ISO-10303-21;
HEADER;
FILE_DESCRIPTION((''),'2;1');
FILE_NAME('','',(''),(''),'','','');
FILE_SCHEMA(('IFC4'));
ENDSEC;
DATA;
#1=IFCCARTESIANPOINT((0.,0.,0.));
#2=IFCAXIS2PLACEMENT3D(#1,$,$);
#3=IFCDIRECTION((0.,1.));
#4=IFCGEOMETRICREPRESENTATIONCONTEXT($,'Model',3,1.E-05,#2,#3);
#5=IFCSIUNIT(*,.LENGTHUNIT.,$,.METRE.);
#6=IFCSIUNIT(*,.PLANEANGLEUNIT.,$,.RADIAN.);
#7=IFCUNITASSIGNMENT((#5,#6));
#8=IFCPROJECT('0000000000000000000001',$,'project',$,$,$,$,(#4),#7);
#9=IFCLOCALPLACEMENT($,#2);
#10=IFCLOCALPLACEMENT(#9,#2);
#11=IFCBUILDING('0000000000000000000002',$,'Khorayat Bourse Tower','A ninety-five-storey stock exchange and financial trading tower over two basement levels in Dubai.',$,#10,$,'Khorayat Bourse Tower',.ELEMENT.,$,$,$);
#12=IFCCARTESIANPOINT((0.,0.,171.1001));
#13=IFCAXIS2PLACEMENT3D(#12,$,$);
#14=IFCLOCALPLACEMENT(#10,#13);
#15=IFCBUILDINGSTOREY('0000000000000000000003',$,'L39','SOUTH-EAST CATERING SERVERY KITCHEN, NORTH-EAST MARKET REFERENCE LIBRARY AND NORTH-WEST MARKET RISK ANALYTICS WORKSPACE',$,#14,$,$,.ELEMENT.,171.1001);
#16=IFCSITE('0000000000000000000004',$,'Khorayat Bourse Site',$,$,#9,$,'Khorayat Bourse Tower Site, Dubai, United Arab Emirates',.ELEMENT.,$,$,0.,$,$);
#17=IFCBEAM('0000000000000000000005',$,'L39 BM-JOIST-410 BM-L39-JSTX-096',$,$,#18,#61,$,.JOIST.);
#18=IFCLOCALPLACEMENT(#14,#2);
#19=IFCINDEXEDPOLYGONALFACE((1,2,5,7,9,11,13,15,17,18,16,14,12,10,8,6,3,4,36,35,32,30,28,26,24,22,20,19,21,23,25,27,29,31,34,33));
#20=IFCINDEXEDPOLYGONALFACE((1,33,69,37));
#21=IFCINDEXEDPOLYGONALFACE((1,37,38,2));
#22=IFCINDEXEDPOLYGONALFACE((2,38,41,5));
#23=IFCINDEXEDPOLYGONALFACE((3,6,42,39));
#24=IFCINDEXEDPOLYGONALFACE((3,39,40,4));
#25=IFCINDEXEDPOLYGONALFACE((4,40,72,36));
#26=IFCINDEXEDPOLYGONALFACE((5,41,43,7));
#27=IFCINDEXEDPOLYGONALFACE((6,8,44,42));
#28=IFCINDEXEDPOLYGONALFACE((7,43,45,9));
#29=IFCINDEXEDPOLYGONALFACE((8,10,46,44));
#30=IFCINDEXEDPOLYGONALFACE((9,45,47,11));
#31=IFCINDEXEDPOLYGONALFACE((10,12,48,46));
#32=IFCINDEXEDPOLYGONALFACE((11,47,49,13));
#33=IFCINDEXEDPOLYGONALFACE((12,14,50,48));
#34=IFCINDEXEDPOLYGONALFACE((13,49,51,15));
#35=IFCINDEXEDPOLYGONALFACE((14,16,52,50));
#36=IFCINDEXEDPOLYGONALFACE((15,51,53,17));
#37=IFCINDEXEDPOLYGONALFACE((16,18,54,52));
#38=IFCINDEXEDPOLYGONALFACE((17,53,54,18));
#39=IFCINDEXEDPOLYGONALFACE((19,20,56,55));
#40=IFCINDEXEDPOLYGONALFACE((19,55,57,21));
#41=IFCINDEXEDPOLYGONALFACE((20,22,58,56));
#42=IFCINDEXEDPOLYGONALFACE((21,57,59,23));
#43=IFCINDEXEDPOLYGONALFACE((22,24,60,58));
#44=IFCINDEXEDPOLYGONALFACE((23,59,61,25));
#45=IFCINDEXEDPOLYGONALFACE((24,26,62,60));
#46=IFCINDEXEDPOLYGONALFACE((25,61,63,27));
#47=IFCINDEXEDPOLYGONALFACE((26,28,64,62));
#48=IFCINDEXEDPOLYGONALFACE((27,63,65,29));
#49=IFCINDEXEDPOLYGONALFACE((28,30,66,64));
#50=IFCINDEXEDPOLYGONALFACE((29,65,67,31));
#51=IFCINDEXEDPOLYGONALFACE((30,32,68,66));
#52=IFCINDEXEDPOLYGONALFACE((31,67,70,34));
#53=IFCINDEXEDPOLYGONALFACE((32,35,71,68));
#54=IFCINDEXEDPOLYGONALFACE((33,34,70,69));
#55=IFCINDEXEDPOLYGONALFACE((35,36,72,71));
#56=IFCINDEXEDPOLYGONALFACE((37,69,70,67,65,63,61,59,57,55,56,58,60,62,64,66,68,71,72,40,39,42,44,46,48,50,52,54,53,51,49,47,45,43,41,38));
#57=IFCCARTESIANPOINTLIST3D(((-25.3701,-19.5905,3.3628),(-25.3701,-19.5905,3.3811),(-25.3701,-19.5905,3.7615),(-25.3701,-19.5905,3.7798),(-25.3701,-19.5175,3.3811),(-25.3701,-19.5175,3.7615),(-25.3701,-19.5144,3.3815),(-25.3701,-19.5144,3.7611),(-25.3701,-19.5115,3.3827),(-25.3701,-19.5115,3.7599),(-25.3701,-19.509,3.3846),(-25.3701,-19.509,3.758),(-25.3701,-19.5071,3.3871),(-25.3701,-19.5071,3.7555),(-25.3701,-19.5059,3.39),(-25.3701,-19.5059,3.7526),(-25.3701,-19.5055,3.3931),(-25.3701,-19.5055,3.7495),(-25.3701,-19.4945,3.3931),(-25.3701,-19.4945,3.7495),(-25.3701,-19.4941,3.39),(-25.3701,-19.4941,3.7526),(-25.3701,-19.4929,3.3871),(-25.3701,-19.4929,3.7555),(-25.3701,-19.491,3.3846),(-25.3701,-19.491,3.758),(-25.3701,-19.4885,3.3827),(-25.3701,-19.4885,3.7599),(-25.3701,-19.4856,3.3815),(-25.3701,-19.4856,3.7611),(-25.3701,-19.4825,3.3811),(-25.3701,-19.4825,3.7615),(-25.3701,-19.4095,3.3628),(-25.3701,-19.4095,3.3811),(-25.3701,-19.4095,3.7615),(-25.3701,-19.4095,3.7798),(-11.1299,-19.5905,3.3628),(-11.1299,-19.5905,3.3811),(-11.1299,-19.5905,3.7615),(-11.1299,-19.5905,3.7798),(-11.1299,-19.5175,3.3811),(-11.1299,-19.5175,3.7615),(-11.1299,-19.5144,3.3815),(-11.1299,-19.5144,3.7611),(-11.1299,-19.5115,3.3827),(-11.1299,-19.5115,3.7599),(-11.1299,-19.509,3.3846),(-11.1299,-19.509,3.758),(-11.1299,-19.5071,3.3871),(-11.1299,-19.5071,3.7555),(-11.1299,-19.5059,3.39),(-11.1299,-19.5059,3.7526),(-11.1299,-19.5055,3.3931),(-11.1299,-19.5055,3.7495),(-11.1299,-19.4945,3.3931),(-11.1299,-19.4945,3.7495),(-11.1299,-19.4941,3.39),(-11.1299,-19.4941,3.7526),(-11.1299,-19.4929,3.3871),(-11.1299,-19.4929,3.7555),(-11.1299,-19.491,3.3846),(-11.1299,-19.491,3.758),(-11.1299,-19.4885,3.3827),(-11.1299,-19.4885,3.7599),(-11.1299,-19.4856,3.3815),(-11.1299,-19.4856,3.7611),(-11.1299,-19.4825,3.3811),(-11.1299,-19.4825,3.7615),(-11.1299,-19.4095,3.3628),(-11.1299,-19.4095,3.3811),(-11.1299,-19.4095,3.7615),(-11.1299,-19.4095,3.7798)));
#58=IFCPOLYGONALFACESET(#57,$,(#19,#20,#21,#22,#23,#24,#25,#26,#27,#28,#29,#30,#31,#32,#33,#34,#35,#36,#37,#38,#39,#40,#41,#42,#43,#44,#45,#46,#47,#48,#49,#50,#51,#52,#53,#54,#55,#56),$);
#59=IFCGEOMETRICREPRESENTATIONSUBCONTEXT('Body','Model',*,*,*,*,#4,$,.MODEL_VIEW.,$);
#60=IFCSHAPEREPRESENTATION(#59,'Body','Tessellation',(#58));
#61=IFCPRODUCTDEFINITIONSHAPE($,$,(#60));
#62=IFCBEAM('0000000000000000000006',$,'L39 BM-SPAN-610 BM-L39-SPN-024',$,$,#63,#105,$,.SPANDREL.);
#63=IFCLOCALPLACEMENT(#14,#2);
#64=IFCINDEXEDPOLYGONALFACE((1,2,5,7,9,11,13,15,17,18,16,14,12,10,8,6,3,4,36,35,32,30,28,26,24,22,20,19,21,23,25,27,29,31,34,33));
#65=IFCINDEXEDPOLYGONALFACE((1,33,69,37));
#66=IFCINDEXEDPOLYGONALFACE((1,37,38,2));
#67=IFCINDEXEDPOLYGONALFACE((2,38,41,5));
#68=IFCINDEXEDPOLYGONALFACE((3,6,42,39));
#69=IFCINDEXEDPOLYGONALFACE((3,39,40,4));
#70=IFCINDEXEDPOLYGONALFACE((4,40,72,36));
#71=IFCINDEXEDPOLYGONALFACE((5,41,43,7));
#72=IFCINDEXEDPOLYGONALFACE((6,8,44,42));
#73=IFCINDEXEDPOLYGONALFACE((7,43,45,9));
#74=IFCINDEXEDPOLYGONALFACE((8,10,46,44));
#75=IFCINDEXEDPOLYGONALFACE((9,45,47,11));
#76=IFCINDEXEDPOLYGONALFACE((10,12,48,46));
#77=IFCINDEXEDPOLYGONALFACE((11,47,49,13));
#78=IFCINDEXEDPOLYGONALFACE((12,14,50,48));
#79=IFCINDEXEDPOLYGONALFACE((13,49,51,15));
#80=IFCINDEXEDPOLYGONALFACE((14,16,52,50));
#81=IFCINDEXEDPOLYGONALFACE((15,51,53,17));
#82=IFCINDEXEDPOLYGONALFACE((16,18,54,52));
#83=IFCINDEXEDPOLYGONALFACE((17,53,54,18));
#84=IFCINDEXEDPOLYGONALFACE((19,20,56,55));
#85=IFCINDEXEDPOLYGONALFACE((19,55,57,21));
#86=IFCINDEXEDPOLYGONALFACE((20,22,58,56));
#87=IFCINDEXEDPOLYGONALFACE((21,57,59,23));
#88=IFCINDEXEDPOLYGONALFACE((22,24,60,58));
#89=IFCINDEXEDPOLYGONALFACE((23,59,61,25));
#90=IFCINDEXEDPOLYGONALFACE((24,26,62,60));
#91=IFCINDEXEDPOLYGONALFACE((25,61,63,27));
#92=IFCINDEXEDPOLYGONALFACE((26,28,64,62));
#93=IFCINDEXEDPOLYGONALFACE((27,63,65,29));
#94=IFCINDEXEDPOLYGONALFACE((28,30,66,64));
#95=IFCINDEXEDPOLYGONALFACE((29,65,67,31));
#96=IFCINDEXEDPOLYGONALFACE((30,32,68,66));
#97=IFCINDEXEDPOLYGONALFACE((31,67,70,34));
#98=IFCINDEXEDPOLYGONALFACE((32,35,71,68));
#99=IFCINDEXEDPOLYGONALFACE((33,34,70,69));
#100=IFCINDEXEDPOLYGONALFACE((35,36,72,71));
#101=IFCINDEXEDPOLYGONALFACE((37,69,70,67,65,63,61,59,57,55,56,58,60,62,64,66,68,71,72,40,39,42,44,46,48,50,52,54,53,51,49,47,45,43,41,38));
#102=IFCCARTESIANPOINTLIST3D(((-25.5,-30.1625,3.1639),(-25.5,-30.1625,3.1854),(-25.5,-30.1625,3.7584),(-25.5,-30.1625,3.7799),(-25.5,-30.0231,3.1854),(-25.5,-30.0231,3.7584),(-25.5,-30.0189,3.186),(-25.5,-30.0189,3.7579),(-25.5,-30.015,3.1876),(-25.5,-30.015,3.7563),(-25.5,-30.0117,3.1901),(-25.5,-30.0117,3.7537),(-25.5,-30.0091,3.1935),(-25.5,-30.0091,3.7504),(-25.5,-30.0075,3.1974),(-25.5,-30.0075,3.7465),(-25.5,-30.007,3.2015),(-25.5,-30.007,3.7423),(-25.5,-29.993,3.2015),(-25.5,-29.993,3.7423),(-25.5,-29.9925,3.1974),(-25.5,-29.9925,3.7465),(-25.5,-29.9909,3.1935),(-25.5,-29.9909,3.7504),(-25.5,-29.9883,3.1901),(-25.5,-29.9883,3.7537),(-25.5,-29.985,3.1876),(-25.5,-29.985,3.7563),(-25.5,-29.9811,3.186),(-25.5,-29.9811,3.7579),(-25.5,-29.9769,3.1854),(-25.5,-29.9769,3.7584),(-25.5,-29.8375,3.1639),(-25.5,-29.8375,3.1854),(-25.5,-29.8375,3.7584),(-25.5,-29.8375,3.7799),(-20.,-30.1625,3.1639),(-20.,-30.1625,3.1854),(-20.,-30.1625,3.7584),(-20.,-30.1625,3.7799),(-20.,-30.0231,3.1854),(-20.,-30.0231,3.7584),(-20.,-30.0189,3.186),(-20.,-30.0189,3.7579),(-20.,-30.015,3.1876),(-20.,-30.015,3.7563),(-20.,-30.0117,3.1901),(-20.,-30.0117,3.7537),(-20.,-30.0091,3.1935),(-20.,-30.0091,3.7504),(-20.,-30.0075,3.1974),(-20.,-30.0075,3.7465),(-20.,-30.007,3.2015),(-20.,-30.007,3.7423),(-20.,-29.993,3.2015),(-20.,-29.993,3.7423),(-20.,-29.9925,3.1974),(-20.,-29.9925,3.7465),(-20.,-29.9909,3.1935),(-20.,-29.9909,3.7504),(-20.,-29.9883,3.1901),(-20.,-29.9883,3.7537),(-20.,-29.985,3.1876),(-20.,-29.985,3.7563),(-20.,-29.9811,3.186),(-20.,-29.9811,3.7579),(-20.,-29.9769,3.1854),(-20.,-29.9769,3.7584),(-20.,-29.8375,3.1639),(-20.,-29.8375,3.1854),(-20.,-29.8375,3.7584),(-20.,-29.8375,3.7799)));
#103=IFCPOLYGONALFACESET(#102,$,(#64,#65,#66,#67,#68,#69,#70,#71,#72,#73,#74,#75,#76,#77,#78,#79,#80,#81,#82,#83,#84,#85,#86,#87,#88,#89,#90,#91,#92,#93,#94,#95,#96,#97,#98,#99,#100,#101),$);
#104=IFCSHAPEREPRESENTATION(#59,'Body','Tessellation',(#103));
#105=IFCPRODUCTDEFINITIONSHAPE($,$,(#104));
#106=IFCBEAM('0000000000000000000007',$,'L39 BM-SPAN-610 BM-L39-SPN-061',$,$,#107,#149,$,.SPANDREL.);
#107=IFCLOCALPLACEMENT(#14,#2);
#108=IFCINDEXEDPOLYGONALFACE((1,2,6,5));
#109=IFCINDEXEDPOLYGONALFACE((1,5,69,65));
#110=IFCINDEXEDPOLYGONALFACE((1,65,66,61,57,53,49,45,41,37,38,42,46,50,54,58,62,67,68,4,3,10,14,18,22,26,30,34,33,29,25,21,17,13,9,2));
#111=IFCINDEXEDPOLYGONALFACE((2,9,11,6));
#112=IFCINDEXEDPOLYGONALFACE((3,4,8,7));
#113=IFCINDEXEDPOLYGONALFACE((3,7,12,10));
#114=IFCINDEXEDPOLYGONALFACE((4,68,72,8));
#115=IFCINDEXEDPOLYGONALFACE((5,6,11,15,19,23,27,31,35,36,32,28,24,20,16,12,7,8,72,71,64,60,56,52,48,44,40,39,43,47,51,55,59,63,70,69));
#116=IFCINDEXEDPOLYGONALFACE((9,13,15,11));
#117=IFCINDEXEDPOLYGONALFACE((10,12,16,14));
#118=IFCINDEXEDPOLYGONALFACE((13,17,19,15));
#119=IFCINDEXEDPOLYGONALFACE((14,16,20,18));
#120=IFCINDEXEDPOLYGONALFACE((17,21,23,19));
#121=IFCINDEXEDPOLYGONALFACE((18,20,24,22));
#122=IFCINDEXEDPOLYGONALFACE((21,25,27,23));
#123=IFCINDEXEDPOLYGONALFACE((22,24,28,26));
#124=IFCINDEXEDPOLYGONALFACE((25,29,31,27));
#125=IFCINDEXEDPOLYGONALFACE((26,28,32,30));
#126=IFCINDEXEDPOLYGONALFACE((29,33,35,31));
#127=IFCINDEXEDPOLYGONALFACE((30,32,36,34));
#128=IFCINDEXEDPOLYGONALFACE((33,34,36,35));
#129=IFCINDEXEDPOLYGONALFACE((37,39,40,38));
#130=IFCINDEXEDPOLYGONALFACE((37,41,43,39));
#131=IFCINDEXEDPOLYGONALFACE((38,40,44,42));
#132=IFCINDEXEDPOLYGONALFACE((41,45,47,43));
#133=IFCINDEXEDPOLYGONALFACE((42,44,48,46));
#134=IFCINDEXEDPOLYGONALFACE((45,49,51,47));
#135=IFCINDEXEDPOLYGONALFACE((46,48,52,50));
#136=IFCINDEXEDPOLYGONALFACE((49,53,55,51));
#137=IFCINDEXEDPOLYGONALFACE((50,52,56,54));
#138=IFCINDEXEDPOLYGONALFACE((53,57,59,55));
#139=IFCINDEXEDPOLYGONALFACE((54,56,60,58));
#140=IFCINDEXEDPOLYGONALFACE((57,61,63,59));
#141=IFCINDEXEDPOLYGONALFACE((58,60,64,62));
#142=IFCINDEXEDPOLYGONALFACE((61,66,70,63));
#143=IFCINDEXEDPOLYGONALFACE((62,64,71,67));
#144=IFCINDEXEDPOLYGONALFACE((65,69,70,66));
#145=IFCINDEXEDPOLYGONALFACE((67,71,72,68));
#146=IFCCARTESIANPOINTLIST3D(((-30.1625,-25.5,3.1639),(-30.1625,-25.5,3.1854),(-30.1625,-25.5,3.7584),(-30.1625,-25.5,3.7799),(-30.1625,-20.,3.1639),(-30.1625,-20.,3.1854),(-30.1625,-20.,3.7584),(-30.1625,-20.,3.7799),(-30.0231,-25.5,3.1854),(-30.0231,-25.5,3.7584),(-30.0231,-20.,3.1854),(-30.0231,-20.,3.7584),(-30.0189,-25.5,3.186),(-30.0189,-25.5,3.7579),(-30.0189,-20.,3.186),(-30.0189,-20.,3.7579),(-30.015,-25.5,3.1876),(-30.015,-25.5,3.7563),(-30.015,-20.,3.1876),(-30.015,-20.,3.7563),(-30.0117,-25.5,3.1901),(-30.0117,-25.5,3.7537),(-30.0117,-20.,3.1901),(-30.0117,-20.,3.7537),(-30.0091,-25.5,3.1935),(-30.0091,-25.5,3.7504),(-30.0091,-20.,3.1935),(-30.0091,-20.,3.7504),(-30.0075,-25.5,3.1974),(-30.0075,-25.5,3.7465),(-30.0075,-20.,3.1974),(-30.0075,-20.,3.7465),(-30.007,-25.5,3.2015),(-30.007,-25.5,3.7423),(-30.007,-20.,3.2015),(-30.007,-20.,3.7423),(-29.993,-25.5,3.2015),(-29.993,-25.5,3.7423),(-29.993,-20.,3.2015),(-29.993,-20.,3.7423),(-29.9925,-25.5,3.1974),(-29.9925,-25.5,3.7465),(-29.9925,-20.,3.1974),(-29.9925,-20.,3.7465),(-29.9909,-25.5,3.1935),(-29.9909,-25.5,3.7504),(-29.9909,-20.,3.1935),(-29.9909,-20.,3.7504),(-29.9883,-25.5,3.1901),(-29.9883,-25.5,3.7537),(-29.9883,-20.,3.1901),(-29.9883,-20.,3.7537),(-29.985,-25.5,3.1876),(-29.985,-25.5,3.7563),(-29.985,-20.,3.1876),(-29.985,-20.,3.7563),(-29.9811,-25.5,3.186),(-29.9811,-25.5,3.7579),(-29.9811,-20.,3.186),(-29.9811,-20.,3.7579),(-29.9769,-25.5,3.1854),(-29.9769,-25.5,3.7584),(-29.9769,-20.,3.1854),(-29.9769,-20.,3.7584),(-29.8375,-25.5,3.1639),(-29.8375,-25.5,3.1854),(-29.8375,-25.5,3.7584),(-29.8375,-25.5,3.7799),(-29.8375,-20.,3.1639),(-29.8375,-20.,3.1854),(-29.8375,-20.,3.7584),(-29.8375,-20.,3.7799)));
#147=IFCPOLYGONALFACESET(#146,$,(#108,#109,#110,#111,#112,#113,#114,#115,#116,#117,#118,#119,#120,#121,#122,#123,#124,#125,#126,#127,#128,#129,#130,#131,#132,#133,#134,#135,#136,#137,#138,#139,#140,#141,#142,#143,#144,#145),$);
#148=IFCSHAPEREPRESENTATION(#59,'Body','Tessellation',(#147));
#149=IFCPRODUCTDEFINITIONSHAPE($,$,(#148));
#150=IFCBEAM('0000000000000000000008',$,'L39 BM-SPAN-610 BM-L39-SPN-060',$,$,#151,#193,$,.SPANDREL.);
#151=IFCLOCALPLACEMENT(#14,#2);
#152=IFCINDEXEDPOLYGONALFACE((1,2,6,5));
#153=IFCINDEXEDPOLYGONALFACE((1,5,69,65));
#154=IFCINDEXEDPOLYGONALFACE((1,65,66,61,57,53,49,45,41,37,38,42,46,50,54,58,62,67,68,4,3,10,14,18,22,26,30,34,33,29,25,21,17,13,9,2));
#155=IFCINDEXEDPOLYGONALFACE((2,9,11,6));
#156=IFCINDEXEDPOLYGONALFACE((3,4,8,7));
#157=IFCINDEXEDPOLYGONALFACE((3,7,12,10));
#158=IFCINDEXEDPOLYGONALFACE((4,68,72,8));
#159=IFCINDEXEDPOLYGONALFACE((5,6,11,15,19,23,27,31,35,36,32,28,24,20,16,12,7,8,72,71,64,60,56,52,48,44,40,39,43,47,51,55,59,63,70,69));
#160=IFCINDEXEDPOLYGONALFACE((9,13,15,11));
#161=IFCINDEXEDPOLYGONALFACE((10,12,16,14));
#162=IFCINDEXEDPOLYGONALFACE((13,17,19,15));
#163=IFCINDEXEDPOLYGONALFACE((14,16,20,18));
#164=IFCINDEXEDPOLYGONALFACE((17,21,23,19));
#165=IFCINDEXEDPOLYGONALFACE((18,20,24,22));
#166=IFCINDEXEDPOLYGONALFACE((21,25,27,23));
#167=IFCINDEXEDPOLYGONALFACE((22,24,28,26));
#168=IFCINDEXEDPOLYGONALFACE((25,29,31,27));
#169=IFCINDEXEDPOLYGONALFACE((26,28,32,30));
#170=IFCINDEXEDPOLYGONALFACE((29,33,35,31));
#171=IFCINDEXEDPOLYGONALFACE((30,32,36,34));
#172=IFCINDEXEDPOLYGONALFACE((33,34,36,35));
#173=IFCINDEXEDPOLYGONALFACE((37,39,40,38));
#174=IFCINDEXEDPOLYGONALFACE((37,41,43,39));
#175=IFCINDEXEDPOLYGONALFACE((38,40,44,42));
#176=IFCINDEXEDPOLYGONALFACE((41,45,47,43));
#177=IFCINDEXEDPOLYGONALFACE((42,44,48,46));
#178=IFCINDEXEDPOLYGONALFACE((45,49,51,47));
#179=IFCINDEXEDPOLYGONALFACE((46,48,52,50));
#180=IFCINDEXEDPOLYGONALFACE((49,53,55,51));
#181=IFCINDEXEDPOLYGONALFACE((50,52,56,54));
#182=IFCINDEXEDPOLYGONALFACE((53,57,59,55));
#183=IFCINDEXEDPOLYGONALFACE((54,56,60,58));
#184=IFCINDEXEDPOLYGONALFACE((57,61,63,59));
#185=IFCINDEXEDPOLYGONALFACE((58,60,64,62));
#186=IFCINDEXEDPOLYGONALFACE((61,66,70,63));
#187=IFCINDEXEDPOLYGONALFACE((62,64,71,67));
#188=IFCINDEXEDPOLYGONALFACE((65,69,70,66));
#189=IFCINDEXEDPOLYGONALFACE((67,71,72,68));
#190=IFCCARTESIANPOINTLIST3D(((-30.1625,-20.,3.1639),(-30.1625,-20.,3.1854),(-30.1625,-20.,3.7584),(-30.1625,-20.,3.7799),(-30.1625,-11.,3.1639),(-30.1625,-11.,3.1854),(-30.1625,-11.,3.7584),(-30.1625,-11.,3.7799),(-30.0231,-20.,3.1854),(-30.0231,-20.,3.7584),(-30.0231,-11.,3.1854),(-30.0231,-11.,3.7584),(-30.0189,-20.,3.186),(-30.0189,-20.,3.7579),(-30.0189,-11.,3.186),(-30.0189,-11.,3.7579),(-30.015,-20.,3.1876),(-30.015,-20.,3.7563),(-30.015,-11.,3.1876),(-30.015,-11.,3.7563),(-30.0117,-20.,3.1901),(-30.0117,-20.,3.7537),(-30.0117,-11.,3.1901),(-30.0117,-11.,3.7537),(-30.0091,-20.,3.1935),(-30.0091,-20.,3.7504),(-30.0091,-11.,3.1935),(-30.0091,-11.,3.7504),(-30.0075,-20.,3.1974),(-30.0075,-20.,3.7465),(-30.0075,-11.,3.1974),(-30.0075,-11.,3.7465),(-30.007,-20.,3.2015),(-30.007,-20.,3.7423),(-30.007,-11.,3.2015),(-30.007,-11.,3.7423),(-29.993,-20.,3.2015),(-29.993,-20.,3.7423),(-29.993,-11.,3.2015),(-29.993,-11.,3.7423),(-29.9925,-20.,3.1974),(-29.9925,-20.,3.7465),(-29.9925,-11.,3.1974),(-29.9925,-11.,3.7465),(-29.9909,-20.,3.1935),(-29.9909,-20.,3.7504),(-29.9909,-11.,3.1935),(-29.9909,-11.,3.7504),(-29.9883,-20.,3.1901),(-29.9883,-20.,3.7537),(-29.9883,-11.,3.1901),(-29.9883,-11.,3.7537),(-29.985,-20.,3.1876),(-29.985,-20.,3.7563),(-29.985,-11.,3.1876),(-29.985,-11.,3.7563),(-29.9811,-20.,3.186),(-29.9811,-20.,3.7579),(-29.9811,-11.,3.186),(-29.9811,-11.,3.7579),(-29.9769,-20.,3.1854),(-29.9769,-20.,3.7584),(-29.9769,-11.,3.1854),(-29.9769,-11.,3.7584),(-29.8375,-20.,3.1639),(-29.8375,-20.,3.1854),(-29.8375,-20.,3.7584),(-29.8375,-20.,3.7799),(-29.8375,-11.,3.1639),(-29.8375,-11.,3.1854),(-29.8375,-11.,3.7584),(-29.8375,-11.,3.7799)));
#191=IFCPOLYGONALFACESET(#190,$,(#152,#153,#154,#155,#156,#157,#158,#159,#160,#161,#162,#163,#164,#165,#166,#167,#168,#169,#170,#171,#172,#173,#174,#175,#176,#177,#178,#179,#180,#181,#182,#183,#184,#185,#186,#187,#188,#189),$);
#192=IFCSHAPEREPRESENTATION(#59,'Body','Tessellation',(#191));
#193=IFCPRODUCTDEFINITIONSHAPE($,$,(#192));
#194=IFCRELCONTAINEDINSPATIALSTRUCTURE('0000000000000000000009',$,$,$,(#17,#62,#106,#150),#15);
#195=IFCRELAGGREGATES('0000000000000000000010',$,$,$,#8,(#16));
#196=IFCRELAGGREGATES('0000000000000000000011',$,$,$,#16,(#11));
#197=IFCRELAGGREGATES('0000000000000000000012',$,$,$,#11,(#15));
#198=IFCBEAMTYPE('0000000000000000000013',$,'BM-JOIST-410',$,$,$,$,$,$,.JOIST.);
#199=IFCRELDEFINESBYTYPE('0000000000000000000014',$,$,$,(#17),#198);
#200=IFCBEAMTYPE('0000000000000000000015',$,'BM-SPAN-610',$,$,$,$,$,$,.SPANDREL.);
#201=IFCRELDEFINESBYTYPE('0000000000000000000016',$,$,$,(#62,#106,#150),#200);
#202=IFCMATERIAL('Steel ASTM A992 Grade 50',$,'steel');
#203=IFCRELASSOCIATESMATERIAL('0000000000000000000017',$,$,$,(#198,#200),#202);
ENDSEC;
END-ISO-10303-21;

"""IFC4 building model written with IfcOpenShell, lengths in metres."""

from ifc_helpers import new_model, si_unit, direction, frame, origin, origin_2d, place, context, subcontext, project, spatial, i_section, extrude, source, transform, mapped, material, material_profile, profile_set, type_object, element, save


model = new_model("IFC4")

# Units and contexts
model_context = context("Model", 3, precision=1e-05, world=origin(), true_north=direction((0.0, 1.0)))
body_context = subcontext(model_context, "Body", "Model", "MODEL_VIEW")
ifc_project = project(units=[si_unit("LENGTHUNIT", "METRE"), si_unit("PLANEANGLEUNIT", "RADIAN")], contexts=[model_context])

# Site, building, storey
site_placement = place(None, origin())
site = spatial("IfcSite", under=ifc_project, at=site_placement, Name="Khorayat Bourse Site", LongName="Khorayat Bourse Tower Site, Dubai, United Arab Emirates", CompositionType="ELEMENT", RefElevation=0.0)
building_placement = place(site_placement, origin())
building = spatial("IfcBuilding", under=site, at=building_placement, Name="Khorayat Bourse Tower", Description="A ninety-five-storey stock exchange and financial trading tower over two basement levels in Dubai.", LongName="Khorayat Bourse Tower", CompositionType="ELEMENT")
storey_placement = place(building_placement, frame((0.0, 0.0, 171.1001)))
storey = spatial("IfcBuildingStorey", under=building, at=storey_placement, Name="L39", Description="SOUTH-EAST CATERING SERVERY KITCHEN, NORTH-EAST MARKET REFERENCE LIBRARY AND NORTH-WEST MARKET RISK ANALYTICS WORKSPACE", CompositionType="ELEMENT", Elevation=171.1001)

# Beams
ifc_material_1 = material(Name="Steel ASTM A992 Grade 50", Category="steel")
ifc_material_profile_1 = material_profile(ifc_material_1, i_section(OverallWidth=0.1809, OverallDepth=0.417, WebThickness=0.011, FlangeThickness=0.0183, FilletRadius=0.012, at=origin_2d()), Name="W410X85")
ifc_profile_set_1 = profile_set([ifc_material_profile_1], Name="Steel ASTM A992 Grade 50")
beam_type_1 = type_object("IfcBeamType", Name="BM-JOIST-410", PredefinedType="JOIST", material=ifc_profile_set_1)
shared_shape_1 = source(origin(), body_context, "Body", "SweptSolid", [
    extrude(i_section(OverallWidth=0.1809, OverallDepth=0.417, WebThickness=0.011, FlangeThickness=0.0183, FilletRadius=0.012, at=origin_2d()), origin(), (0.0, 0.0, 1.0), 14.2402),
])
beam_1_placement = place(storey_placement, frame((-25.3701, -19.5, 3.5713), z_axis=(1.0, 0.0, 0.0), x_axis=(0.0, 1.0, 0.0)))
element("IfcBeam", 1, at=beam_1_placement, inside=storey, type_object=beam_type_1, Name="L39 BM-JOIST-410 BM-L39-JSTX-096", PredefinedType="JOIST", context=body_context, shape_type="MappedRepresentation", body=[
    mapped(shared_shape_1, transform((0.0, 0.0, 0.0), scale=1.0)),
])
ifc_material_profile_2 = material_profile(ifc_material_1, i_section(OverallWidth=0.325, OverallDepth=0.616, WebThickness=0.0139, FlangeThickness=0.0215, FilletRadius=0.0161, at=origin_2d()), Name="W610X174")
ifc_profile_set_2 = profile_set([ifc_material_profile_2], Name="Steel ASTM A992 Grade 50")
beam_type_2 = type_object("IfcBeamType", Name="BM-SPAN-610", PredefinedType="SPANDREL", material=ifc_profile_set_2)
shared_shape_2 = source(origin(), body_context, "Body", "SweptSolid", [
    extrude(i_section(OverallWidth=0.325, OverallDepth=0.616, WebThickness=0.0139, FlangeThickness=0.0215, FilletRadius=0.0161, at=origin_2d()), origin(), (0.0, 0.0, 1.0), 5.5),
])
for number, where, z_axis, x_axis, name in (
    (2, (-25.5, -30.0, 3.4719), (1.0, 0.0, 0.0), (0.0, 1.0, 0.0), "L39 BM-SPAN-610 BM-L39-SPN-024"),
    (3, (-30.0, -25.5, 3.4719), (0.0, 1.0, 0.0), (-1.0, 0.0, 0.0), "L39 BM-SPAN-610 BM-L39-SPN-061"),
):
    element("IfcBeam", number, at=place(storey_placement, frame(where, z_axis=z_axis, x_axis=x_axis)), inside=storey, type_object=beam_type_2, Name=name, PredefinedType="SPANDREL", context=body_context, shape_type="MappedRepresentation", body=[
        mapped(shared_shape_2, transform((0.0, 0.0, 0.0), scale=1.0)),
    ])
shared_shape_3 = source(origin(), body_context, "Body", "SweptSolid", [
    extrude(i_section(OverallWidth=0.325, OverallDepth=0.616, WebThickness=0.0139, FlangeThickness=0.0215, FilletRadius=0.0161, at=origin_2d()), origin(), (0.0, 0.0, 1.0), 9.0),
])
beam_2_placement = place(storey_placement, frame((-30.0, -20.0, 3.4719), z_axis=(0.0, 1.0, 0.0), x_axis=(-1.0, 0.0, 0.0)))
element("IfcBeam", 4, at=beam_2_placement, inside=storey, type_object=beam_type_2, Name="L39 BM-SPAN-610 BM-L39-SPN-060", PredefinedType="SPANDREL", context=body_context, shape_type="MappedRepresentation", body=[
    mapped(shared_shape_3, transform((0.0, 0.0, 0.0), scale=1.0)),
])

save(model, "model.ifc")
